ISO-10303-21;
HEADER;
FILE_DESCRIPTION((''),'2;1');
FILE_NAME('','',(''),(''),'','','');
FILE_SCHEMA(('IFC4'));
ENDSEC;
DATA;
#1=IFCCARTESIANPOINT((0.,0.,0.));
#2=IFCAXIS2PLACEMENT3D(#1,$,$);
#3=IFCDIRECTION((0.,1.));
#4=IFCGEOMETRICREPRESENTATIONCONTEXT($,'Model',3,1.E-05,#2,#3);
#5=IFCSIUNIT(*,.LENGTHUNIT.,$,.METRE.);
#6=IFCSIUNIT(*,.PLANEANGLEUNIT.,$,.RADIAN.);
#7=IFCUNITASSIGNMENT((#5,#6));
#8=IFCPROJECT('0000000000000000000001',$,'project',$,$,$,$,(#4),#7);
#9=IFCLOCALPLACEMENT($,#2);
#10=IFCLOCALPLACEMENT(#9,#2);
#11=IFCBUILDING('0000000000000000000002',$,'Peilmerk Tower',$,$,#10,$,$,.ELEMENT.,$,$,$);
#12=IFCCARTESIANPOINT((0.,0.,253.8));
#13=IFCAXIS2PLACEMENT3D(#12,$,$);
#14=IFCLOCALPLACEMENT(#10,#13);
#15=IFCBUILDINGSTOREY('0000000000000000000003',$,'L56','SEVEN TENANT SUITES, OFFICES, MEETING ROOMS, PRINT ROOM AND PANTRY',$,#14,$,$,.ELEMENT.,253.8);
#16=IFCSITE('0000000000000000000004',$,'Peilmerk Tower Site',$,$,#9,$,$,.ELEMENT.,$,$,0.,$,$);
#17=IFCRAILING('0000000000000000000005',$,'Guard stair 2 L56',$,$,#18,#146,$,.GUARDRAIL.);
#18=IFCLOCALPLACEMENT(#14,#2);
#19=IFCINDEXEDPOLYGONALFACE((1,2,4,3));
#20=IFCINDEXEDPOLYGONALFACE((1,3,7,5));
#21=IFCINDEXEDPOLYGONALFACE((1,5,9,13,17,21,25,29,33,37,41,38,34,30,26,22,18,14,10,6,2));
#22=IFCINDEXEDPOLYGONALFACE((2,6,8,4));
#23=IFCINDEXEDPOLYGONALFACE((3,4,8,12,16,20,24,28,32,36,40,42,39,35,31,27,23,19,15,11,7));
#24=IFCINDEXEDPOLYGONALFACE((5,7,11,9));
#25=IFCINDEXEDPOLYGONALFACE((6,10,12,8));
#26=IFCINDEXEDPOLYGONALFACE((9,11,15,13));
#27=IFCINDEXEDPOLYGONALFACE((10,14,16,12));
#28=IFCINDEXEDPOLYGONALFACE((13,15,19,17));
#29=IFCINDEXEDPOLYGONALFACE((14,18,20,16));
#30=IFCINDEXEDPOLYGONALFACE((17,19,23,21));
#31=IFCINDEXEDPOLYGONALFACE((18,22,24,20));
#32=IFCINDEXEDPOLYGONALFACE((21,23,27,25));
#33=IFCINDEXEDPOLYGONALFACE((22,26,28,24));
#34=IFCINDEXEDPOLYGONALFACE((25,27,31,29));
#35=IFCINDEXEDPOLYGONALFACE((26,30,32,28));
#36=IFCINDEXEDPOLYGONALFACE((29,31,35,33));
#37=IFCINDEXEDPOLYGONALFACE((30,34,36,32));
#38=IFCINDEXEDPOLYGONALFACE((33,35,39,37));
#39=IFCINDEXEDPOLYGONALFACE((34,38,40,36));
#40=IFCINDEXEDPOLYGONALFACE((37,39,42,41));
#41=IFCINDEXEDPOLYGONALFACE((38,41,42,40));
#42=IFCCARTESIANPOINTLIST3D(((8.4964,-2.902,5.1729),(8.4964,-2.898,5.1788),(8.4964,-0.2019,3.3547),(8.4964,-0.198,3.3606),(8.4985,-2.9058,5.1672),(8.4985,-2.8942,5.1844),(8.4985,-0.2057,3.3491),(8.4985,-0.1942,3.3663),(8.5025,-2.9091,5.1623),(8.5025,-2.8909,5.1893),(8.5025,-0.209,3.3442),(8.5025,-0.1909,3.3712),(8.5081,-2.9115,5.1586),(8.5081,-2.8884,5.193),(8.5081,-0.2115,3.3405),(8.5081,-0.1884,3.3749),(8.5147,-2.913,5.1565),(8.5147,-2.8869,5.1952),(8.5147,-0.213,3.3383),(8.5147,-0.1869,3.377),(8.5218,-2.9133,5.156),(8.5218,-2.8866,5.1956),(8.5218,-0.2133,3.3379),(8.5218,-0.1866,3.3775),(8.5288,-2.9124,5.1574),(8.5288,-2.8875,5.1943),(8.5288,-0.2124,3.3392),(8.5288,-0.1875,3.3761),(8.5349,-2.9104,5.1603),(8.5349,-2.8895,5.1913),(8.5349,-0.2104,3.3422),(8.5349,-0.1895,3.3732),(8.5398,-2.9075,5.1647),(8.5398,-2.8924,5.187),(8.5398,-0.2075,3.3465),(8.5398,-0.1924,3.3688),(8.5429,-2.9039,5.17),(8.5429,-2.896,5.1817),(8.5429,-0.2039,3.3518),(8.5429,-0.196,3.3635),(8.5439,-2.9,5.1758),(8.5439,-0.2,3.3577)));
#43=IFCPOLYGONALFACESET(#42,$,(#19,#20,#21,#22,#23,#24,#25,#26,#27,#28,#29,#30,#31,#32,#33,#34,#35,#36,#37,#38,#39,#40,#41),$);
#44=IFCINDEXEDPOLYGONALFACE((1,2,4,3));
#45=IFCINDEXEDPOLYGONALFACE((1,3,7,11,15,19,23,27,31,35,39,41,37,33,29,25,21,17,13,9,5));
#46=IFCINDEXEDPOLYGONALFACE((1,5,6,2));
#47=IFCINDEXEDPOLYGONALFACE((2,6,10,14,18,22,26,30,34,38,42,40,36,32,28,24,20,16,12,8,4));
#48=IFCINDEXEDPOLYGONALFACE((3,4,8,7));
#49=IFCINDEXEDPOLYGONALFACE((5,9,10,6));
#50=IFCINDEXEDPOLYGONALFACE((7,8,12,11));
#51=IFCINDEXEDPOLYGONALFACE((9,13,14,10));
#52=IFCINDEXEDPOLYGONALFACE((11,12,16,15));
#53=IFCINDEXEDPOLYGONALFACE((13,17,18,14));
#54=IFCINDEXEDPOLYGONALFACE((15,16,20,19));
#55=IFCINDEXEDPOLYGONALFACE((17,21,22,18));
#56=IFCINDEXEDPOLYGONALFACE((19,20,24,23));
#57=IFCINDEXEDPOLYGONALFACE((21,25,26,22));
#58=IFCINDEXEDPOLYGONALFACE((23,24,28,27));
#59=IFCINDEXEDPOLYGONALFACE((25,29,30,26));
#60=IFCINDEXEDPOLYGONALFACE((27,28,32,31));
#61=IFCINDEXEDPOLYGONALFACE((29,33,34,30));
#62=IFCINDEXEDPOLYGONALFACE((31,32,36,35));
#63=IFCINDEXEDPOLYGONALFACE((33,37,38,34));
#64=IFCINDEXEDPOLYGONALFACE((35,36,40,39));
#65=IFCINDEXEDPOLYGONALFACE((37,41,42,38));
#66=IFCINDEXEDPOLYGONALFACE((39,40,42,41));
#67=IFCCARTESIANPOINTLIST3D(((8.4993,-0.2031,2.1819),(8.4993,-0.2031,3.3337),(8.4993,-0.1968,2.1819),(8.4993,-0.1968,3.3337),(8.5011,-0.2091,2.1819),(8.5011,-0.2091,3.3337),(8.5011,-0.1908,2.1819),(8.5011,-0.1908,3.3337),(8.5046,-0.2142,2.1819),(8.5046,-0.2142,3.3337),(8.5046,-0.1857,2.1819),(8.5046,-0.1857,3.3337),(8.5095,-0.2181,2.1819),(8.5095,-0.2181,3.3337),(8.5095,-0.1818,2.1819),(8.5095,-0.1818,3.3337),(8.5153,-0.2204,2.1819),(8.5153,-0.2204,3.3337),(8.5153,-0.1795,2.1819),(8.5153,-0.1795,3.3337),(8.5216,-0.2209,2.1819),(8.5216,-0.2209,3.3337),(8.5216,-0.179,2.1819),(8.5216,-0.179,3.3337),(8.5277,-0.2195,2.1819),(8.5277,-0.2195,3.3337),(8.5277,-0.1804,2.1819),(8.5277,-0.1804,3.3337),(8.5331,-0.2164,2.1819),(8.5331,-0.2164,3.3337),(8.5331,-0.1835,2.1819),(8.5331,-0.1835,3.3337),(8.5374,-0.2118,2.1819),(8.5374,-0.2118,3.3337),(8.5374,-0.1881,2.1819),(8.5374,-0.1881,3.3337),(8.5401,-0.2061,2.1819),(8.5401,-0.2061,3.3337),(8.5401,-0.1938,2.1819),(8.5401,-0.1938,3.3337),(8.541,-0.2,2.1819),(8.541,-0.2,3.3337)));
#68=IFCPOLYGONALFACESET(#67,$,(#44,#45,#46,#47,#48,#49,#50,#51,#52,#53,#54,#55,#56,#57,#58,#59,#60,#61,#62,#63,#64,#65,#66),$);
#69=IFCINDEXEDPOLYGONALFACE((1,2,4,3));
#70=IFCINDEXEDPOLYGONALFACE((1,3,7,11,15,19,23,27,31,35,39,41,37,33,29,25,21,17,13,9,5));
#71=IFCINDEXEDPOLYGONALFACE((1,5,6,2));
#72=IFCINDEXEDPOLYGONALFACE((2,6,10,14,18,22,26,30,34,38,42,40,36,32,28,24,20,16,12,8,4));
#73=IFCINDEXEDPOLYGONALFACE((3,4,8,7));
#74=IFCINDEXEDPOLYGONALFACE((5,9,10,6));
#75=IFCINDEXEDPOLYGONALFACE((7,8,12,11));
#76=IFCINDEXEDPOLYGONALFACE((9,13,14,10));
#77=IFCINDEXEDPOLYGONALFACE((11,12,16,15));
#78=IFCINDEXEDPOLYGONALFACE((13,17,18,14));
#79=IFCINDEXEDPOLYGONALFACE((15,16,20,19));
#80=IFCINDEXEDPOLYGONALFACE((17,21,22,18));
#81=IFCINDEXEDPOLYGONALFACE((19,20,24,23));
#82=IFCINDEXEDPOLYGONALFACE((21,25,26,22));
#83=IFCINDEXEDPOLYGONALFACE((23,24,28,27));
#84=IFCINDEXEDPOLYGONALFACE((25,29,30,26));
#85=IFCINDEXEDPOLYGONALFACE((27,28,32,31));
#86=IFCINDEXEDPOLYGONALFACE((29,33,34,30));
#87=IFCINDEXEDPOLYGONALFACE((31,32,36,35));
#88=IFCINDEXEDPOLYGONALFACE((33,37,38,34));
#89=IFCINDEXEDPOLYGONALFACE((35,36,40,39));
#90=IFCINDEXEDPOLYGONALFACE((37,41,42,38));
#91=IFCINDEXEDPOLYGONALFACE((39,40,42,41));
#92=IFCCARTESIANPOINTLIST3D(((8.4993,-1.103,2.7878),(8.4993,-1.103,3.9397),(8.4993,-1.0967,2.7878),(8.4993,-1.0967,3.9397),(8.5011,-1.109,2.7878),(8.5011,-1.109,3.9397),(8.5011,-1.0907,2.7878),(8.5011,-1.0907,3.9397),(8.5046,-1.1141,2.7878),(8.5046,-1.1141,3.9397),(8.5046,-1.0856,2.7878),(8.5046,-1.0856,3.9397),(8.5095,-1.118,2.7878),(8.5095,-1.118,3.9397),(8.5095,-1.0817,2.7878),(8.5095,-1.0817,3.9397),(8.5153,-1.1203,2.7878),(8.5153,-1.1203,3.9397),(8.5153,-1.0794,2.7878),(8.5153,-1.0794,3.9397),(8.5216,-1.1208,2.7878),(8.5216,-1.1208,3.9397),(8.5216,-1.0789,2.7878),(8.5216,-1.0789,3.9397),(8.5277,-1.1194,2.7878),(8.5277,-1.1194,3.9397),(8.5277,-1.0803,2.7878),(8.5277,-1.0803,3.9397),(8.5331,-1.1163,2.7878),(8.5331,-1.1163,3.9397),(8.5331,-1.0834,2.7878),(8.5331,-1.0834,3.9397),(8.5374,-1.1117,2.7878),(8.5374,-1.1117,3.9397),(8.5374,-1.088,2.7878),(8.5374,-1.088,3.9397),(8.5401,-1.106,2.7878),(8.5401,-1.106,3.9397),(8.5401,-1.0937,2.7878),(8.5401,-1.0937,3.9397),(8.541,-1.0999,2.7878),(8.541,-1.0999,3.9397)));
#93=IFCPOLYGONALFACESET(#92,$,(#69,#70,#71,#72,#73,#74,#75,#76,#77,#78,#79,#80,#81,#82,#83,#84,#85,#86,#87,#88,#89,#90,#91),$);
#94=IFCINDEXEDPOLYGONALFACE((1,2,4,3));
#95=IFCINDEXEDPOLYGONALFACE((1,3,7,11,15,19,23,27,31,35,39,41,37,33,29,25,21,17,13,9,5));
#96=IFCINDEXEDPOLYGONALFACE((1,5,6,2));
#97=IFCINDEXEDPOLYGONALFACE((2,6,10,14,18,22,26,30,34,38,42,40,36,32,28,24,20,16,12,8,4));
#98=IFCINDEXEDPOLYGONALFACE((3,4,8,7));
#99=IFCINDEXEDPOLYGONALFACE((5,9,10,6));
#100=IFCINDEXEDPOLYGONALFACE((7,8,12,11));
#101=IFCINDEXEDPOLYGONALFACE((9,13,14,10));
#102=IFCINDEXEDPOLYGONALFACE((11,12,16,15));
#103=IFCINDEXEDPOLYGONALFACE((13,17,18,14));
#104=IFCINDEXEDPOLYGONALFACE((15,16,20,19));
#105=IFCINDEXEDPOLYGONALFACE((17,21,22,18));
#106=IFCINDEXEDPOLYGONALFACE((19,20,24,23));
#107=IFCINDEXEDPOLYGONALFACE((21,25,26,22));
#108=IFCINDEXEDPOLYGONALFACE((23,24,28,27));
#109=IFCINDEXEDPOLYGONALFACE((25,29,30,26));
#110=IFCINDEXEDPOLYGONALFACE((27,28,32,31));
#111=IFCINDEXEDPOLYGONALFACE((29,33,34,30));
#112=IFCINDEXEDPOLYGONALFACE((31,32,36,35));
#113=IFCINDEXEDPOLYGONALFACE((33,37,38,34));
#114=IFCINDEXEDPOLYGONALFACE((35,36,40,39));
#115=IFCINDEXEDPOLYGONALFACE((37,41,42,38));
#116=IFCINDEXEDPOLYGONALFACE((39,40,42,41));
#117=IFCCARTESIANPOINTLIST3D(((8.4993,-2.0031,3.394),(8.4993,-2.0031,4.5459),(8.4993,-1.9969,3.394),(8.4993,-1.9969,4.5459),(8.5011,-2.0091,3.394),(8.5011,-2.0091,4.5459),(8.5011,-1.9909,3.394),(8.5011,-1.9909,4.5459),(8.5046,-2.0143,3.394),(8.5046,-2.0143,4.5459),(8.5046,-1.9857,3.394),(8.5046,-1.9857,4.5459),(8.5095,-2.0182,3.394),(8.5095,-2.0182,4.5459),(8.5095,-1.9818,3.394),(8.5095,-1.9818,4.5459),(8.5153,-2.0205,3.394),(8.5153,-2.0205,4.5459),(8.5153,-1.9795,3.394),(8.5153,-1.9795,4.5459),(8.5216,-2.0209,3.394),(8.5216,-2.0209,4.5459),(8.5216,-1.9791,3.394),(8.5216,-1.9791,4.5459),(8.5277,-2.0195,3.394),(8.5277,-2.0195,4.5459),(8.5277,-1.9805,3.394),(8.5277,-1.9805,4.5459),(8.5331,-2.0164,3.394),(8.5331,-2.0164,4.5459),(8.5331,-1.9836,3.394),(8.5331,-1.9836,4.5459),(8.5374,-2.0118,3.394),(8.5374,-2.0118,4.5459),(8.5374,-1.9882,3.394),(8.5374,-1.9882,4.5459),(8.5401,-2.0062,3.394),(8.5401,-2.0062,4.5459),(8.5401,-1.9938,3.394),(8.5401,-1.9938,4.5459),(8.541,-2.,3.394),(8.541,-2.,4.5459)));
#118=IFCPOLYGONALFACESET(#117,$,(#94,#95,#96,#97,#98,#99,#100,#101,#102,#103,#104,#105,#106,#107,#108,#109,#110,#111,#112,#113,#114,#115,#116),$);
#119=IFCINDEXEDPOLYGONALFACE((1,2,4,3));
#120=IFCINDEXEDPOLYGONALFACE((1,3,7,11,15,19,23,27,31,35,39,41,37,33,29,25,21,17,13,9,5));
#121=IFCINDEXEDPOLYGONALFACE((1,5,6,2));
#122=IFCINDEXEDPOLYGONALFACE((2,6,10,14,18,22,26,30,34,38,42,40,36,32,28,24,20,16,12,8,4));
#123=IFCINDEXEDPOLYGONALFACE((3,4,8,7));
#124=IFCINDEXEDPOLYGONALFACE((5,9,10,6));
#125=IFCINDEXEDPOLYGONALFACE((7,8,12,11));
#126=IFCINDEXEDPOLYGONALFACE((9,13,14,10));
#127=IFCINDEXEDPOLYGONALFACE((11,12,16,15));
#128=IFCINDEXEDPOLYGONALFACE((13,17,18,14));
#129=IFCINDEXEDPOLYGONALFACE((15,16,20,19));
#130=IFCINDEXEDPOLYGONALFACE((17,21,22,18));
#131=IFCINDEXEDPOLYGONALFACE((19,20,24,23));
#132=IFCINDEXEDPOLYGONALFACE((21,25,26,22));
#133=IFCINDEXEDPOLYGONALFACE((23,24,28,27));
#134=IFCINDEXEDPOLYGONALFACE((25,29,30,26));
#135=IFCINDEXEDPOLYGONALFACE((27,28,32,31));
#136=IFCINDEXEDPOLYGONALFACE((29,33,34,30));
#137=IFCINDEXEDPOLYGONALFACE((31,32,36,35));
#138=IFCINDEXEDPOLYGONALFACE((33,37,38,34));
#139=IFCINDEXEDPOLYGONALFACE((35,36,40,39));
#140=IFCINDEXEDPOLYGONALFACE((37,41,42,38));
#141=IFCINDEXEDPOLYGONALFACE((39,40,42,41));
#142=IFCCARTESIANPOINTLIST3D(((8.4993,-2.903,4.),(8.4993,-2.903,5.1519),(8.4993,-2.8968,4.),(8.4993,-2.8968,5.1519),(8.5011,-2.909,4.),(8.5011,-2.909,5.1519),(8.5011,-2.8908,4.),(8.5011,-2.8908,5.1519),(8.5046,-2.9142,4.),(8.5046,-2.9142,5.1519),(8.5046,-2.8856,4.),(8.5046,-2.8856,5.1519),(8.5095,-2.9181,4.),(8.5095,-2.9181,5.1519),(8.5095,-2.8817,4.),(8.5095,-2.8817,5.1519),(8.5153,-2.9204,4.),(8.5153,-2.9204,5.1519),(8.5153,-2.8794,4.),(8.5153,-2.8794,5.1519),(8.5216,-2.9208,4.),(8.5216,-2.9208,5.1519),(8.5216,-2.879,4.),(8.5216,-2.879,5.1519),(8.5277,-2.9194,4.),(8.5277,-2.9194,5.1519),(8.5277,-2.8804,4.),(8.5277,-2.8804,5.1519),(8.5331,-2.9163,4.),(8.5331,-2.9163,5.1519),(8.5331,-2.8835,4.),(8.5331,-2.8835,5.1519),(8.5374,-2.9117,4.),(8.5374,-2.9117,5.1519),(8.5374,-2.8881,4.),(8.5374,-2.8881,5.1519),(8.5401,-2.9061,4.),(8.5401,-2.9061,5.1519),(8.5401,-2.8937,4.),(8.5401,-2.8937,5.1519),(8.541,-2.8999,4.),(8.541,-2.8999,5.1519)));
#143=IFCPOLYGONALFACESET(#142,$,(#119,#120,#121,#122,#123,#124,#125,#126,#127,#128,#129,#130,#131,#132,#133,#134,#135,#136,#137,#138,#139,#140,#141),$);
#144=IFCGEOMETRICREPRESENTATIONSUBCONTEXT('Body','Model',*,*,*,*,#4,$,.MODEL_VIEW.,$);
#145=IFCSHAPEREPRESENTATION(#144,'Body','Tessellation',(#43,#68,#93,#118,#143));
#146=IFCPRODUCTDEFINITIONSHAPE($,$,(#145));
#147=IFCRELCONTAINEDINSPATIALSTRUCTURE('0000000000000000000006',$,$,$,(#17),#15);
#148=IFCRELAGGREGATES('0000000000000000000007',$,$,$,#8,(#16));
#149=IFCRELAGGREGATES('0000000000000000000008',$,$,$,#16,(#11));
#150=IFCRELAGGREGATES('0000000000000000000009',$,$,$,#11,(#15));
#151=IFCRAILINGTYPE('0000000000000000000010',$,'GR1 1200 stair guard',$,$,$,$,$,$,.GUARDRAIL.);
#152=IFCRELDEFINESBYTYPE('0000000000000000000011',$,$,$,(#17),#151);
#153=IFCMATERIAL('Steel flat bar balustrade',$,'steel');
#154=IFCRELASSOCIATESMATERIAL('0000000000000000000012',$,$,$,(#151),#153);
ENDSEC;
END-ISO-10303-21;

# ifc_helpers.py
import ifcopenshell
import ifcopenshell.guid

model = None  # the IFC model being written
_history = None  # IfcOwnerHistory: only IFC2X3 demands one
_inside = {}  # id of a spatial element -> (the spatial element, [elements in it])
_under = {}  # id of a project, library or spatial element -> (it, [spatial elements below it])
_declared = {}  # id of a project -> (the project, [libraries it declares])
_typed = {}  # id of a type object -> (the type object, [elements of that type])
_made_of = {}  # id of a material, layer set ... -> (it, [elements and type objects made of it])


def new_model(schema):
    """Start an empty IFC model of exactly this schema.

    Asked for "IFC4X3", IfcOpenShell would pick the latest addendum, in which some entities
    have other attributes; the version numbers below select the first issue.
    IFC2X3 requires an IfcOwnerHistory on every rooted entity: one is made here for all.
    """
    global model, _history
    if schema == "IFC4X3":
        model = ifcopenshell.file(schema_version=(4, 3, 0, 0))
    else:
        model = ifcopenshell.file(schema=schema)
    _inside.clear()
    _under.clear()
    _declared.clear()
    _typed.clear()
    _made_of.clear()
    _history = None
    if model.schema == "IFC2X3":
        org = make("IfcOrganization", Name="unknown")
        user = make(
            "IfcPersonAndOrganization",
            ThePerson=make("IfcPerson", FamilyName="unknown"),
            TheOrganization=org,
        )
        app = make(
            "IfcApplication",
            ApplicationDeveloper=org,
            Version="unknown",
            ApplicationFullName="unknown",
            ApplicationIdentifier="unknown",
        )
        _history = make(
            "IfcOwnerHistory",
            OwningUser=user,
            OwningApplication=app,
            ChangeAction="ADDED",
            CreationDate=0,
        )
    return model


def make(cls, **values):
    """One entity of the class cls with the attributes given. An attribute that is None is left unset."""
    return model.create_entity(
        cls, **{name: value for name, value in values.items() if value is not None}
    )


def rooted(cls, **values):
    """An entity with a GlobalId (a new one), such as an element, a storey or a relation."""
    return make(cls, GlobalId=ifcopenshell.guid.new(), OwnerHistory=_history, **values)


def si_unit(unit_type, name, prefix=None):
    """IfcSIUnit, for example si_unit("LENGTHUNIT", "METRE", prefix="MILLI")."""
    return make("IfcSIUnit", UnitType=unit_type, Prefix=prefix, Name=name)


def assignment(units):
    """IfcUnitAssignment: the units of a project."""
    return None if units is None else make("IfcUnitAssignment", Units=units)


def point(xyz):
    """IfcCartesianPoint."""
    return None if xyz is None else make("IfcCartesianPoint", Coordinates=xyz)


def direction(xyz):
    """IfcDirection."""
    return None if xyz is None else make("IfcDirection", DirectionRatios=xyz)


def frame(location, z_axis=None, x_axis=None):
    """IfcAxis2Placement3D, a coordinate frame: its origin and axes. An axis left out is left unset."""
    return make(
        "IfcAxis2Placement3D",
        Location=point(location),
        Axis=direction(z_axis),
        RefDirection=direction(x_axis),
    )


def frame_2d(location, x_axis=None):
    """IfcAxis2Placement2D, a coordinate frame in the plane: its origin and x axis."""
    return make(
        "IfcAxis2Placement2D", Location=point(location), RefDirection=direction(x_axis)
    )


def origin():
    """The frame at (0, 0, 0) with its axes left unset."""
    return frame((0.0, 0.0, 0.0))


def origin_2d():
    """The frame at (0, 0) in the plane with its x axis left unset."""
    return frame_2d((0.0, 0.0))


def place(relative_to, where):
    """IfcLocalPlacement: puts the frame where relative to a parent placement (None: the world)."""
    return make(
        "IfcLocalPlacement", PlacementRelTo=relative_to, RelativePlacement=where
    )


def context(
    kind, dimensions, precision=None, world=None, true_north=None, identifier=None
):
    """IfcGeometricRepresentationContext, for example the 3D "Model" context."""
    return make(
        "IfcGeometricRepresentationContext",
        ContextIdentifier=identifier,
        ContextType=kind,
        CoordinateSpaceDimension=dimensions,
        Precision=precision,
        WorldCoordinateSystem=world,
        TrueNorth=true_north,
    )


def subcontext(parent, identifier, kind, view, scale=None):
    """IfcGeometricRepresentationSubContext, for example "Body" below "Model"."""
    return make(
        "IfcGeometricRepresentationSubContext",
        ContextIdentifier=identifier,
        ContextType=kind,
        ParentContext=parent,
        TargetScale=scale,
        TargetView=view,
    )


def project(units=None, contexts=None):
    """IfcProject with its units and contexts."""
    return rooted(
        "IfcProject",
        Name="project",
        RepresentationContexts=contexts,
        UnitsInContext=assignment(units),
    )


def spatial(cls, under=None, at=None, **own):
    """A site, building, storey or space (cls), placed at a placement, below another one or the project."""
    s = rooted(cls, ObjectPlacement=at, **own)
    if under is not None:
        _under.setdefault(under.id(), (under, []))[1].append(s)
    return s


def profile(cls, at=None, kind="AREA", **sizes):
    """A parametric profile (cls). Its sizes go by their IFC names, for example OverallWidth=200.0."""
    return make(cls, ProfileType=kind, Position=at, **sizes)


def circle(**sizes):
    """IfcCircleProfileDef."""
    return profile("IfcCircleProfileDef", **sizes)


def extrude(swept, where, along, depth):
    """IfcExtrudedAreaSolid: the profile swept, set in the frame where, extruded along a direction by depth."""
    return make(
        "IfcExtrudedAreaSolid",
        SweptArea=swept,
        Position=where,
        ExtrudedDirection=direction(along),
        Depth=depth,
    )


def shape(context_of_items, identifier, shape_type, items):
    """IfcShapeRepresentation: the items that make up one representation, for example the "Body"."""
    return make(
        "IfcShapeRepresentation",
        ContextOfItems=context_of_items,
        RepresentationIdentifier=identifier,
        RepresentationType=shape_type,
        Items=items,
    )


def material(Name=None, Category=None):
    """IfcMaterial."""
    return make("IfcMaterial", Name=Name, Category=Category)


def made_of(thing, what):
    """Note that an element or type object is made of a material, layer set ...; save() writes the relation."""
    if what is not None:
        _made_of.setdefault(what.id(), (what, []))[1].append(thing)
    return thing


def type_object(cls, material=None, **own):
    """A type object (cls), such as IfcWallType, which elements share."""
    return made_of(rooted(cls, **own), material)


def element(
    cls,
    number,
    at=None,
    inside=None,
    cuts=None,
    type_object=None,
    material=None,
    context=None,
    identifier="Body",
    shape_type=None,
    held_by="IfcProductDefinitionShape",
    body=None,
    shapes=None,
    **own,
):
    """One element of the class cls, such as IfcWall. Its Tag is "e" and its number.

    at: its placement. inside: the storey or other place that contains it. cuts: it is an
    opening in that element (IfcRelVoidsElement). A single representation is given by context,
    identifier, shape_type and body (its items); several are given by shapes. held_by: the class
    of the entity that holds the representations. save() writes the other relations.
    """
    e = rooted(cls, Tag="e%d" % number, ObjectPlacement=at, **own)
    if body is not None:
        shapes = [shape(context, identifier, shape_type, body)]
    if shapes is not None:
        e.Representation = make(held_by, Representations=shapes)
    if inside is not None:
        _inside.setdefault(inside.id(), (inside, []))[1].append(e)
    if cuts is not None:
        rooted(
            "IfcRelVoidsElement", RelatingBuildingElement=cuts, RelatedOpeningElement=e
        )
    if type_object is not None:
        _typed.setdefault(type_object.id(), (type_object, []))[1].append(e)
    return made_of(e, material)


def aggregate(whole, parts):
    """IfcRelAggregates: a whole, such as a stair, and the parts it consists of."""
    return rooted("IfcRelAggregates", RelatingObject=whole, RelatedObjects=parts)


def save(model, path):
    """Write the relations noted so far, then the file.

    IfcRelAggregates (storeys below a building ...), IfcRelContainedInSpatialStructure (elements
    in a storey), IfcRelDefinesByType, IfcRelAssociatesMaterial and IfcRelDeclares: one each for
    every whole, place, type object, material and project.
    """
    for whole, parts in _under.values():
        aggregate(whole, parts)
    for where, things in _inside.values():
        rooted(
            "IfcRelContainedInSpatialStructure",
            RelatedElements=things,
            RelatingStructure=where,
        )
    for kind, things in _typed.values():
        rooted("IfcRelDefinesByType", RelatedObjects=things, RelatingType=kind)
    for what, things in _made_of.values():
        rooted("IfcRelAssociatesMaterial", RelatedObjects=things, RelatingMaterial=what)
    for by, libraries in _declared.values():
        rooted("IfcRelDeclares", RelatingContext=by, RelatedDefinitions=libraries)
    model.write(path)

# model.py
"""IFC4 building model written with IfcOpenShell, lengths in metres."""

from ifc_helpers import new_model, si_unit, direction, frame, origin, origin_2d, place, context, subcontext, project, spatial, circle, extrude, material, type_object, element, save


model = new_model("IFC4")

# Units and contexts
model_context = context("Model", 3, precision=1e-05, world=origin(), true_north=direction((0.0, 1.0)))
body_context = subcontext(model_context, "Body", "Model", "MODEL_VIEW")
ifc_project = project(units=[si_unit("LENGTHUNIT", "METRE"), si_unit("PLANEANGLEUNIT", "RADIAN")], contexts=[model_context])

# Site, building, storey
site_placement = place(None, origin())
site = spatial("IfcSite", under=ifc_project, at=site_placement, Name="Peilmerk Tower Site", CompositionType="ELEMENT", RefElevation=0.0)
building_placement = place(site_placement, origin())
building = spatial("IfcBuilding", under=site, at=building_placement, Name="Peilmerk Tower", CompositionType="ELEMENT")
storey_placement = place(building_placement, frame((0.0, 0.0, 253.8)))
storey = spatial("IfcBuildingStorey", under=building, at=storey_placement, Name="L56", Description="SEVEN TENANT SUITES, OFFICES, MEETING ROOMS, PRINT ROOM AND PANTRY", CompositionType="ELEMENT", Elevation=253.8)

# Railing
ifc_material_1 = material(Name="Steel flat bar balustrade", Category="steel")
railing_type_1 = type_object("IfcRailingType", Name="GR1 1200 stair guard", PredefinedType="GUARDRAIL", material=ifc_material_1)
railing_1_placement = place(storey_placement, frame((8.52, -0.2, 2.1819)))
element("IfcRailing", 1, at=railing_1_placement, inside=storey, type_object=railing_type_1, Name="Guard stair 2 L56", PredefinedType="GUARDRAIL", context=body_context, shape_type="SweptSolid", body=[
    extrude(circle(Radius=0.0239, at=origin_2d()), frame((0.0, 0.0, 1.1758), z_axis=(0.0, -0.829468, 0.558554), x_axis=(1.0, 0.0, 0.0)), (0.0, 0.0, 1.0), 3.2551),
    extrude(circle(Radius=0.021, at=origin_2d()), origin(), (0.0, 0.0, 1.0), 1.1519),
    extrude(circle(Radius=0.021, at=origin_2d()), frame((0.0, -0.8999, 0.606)), (0.0, 0.0, 1.0), 1.1519),
    extrude(circle(Radius=0.021, at=origin_2d()), frame((0.0, -1.8, 1.2122)), (0.0, 0.0, 1.0), 1.1519),
    extrude(circle(Radius=0.021, at=origin_2d()), frame((0.0, -2.7, 1.8181)), (0.0, 0.0, 1.0), 1.1519),
])

save(model, "model.ifc")
